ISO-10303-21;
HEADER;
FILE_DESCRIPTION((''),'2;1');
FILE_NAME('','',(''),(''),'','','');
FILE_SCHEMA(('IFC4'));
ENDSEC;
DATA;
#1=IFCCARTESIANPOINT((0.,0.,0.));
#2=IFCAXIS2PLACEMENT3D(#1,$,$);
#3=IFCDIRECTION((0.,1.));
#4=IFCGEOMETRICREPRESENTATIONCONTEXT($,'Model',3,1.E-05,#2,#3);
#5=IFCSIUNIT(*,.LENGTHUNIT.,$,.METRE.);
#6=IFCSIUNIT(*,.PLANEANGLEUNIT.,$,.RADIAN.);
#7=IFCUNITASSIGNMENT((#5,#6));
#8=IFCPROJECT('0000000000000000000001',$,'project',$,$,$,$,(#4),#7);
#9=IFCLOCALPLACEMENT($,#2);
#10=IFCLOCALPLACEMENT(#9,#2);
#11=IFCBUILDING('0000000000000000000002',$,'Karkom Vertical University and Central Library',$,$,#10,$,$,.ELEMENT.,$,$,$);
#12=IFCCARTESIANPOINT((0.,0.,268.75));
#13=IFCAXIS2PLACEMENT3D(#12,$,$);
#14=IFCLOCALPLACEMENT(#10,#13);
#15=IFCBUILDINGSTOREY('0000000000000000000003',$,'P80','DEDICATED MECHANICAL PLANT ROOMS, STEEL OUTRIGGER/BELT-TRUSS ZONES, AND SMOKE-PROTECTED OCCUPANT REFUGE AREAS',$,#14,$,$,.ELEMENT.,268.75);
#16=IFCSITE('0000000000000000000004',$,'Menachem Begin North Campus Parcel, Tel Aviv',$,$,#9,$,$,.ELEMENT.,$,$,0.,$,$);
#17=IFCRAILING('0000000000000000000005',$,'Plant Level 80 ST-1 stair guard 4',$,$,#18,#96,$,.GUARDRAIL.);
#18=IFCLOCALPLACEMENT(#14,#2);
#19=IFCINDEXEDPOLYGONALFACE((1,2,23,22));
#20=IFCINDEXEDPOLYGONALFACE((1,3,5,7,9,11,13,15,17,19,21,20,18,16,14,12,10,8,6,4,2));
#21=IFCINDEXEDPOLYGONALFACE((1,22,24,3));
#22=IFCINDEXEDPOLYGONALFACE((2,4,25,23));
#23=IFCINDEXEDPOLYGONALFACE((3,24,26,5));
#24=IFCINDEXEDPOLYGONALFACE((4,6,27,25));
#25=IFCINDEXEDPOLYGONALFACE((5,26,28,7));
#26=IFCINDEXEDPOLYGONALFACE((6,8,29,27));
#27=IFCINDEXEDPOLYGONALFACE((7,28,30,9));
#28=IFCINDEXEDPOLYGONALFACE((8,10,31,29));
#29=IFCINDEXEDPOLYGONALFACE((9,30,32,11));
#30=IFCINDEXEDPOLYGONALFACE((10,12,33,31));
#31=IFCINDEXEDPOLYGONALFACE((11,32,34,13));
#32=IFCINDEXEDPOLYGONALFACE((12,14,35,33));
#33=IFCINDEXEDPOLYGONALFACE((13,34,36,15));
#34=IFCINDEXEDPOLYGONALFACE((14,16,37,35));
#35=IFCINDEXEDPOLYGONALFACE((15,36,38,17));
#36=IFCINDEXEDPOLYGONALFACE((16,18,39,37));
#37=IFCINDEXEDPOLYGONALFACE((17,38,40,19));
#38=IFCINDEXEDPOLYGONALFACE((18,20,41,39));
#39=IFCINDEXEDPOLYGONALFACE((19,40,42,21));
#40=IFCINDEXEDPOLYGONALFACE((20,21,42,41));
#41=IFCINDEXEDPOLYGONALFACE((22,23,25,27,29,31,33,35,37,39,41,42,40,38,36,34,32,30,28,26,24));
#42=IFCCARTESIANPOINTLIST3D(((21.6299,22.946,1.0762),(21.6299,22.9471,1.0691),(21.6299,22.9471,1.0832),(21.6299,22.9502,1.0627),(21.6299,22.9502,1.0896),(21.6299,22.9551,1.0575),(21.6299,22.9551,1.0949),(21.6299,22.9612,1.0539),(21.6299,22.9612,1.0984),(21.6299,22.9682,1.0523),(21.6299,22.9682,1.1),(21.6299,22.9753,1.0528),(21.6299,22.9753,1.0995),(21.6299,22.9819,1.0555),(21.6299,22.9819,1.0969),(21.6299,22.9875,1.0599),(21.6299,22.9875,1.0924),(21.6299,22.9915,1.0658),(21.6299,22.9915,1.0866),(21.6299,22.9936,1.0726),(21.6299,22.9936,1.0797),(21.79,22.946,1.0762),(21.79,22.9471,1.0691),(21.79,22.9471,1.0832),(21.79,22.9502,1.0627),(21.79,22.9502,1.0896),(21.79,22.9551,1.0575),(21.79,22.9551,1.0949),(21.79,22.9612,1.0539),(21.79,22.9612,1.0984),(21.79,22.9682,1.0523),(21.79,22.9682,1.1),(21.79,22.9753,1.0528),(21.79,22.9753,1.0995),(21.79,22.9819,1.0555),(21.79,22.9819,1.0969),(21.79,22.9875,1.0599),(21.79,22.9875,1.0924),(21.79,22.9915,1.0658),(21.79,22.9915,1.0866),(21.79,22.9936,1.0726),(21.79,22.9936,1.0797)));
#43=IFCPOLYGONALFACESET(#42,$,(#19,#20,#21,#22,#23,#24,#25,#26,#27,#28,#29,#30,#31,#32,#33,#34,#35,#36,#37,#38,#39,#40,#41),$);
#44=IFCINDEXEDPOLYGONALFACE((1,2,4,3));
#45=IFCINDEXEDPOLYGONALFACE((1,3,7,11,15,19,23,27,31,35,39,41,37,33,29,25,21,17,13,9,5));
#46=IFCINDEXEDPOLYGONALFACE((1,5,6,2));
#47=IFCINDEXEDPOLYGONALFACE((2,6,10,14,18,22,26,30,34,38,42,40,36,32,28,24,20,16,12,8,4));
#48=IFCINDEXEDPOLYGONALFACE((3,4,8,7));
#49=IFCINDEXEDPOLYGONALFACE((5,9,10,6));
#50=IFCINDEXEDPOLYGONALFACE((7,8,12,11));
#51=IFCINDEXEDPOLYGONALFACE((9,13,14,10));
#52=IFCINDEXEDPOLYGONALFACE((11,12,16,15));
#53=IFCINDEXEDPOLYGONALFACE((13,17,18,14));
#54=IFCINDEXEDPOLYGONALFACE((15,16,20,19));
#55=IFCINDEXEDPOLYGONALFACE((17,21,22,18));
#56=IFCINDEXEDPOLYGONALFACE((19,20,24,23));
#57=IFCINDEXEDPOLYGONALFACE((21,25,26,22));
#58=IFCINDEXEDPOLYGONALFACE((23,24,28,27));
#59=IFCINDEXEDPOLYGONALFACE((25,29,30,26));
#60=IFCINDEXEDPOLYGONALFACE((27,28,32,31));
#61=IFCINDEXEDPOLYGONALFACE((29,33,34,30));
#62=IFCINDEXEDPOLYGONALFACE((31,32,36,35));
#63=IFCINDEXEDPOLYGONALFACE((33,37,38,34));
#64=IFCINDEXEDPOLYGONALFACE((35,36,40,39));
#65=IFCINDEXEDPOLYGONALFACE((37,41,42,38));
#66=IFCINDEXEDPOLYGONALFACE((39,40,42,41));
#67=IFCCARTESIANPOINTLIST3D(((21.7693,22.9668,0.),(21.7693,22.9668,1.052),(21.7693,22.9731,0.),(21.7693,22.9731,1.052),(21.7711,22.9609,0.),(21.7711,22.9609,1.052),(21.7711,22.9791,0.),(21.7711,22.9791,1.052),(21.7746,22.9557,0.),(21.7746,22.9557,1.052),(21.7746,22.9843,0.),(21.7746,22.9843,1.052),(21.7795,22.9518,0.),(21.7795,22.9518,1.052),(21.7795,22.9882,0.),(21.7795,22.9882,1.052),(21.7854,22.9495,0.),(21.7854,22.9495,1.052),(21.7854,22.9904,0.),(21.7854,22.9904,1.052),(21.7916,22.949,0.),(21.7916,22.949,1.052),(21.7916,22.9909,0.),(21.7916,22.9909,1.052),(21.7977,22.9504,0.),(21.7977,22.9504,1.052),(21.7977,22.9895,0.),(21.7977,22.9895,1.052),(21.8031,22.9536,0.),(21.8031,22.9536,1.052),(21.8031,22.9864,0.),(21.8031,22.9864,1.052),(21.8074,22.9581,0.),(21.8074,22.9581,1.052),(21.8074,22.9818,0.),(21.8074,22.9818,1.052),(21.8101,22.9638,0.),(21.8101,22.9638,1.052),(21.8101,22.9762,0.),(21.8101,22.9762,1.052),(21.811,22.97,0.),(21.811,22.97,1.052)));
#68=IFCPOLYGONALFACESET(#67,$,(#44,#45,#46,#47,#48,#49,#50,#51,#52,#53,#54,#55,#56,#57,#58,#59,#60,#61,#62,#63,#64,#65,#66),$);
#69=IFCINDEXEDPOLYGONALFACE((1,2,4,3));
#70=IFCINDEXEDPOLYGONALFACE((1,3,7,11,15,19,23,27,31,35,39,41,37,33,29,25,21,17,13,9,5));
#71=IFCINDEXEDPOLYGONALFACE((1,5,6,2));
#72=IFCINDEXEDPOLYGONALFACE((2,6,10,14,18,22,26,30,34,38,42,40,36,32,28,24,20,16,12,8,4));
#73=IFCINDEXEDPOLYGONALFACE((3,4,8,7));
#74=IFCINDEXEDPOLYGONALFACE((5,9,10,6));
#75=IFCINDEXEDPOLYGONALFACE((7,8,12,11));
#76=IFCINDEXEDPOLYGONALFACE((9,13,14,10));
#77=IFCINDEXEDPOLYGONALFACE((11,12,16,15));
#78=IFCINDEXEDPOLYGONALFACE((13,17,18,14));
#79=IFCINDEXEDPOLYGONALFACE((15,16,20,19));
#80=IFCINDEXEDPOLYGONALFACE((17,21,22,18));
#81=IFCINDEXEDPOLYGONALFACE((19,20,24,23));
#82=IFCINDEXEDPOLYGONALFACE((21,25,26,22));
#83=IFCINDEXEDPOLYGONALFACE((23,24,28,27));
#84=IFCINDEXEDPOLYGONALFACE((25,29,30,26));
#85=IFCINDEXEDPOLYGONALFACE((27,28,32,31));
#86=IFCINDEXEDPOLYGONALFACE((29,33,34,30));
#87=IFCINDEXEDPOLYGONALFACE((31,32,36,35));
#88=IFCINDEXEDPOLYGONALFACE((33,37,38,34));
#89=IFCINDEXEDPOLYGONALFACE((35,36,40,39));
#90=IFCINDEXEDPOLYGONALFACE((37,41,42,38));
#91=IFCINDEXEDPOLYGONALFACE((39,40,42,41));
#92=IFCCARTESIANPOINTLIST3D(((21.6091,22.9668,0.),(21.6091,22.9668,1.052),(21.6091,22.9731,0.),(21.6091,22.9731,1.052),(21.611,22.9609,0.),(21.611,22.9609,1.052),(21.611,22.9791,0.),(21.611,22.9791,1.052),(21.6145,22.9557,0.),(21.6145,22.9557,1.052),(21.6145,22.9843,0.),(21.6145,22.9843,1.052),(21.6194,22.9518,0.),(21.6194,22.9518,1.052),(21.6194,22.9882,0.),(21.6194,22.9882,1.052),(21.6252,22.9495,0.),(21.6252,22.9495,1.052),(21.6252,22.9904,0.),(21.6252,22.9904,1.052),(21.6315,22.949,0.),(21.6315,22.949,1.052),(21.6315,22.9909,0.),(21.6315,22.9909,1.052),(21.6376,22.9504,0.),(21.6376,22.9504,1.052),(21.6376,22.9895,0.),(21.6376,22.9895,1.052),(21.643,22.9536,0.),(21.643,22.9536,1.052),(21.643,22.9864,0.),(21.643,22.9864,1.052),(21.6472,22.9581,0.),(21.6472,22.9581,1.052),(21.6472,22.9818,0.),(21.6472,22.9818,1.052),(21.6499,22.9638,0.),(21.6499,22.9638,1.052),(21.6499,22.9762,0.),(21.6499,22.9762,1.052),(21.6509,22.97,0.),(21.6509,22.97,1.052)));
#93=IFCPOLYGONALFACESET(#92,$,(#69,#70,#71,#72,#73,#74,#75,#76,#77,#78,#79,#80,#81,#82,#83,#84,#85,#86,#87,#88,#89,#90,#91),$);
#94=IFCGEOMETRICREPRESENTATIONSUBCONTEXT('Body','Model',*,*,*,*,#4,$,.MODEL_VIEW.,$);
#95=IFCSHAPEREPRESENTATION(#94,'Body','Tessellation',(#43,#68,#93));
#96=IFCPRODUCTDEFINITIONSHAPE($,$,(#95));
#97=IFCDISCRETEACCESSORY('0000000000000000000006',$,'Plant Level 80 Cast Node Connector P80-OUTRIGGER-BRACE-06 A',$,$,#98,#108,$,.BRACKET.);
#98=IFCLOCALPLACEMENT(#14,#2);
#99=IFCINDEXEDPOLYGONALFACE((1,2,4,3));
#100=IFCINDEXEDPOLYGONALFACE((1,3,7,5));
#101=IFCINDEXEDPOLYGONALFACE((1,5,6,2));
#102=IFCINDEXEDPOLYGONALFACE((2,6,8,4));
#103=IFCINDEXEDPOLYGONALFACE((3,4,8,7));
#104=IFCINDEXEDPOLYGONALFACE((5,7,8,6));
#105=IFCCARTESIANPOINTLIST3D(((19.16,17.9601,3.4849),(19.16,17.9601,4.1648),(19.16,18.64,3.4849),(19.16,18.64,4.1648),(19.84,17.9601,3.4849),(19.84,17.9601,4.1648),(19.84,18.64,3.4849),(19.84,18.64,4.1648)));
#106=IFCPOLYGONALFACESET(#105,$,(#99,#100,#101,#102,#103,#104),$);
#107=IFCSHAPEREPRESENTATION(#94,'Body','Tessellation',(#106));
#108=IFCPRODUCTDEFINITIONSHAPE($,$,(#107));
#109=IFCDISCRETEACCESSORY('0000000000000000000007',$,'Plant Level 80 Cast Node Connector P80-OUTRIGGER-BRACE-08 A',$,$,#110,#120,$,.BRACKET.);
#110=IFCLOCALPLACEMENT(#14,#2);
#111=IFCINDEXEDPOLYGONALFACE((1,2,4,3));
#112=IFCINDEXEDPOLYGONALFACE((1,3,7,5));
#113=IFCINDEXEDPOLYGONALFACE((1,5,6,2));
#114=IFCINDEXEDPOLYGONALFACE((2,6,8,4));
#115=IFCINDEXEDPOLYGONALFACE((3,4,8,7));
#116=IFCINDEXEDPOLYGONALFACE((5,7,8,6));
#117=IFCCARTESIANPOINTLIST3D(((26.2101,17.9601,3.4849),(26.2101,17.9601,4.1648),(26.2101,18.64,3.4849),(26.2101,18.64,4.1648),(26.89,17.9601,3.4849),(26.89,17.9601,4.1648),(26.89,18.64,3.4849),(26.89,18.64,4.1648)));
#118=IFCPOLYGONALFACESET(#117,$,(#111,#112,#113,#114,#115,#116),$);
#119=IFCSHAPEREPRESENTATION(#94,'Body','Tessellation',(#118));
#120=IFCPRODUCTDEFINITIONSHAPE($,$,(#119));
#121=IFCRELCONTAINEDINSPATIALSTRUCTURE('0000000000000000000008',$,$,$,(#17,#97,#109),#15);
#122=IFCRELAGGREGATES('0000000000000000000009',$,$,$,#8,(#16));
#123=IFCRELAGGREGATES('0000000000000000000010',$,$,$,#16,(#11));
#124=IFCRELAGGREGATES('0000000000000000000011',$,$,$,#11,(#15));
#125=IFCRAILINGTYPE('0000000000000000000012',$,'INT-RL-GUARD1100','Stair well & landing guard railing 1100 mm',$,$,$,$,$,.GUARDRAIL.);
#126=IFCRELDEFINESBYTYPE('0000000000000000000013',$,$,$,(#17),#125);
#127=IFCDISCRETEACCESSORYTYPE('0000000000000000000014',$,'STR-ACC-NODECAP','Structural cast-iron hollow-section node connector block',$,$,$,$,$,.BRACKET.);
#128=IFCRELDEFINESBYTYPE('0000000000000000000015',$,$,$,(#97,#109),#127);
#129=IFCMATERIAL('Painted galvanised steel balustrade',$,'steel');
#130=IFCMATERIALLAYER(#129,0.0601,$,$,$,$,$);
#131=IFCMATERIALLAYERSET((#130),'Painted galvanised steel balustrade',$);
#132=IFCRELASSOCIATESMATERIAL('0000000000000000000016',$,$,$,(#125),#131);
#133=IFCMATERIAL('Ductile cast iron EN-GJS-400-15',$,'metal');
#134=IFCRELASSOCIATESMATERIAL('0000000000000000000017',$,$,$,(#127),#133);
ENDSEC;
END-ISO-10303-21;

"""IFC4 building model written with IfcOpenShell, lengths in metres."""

from ifc_helpers import new_model, si_unit, direction, frame, origin, origin_with_axes, origin_2d, place, context, subcontext, project, spatial, rectangle, circle, extrude, source, transform, mapped, material, layer, layer_set, type_object, element, save


model = new_model("IFC4")

# Units and contexts
model_context = context("Model", 3, precision=1e-05, world=origin(), true_north=direction((0.0, 1.0)))
body_context = subcontext(model_context, "Body", "Model", "MODEL_VIEW")
ifc_project = project(units=[si_unit("LENGTHUNIT", "METRE"), si_unit("PLANEANGLEUNIT", "RADIAN")], contexts=[model_context])

# Site, building, storey
site_placement = place(None, origin())
site = spatial("IfcSite", under=ifc_project, at=site_placement, Name="Menachem Begin North Campus Parcel, Tel Aviv", CompositionType="ELEMENT", RefElevation=0.0)
building_placement = place(site_placement, origin())
building = spatial("IfcBuilding", under=site, at=building_placement, Name="Karkom Vertical University and Central Library", CompositionType="ELEMENT")
storey_placement = place(building_placement, frame((0.0, 0.0, 268.75)))
storey = spatial("IfcBuildingStorey", under=building, at=storey_placement, Name="P80", Description="DEDICATED MECHANICAL PLANT ROOMS, STEEL OUTRIGGER/BELT-TRUSS ZONES, AND SMOKE-PROTECTED OCCUPANT REFUGE AREAS", CompositionType="ELEMENT", Elevation=268.75)

# Railing
ifc_material_1 = material(Name="Painted galvanised steel balustrade", Category="steel")
ifc_layer_1 = layer(ifc_material_1, 0.0601)
ifc_layer_set_1 = layer_set([ifc_layer_1], Name="Painted galvanised steel balustrade")
railing_type = type_object("IfcRailingType", Name="INT-RL-GUARD1100", Description="Stair well & landing guard railing 1100 mm", PredefinedType="GUARDRAIL", material=ifc_layer_set_1)
railing_1_placement = place(storey_placement, frame((21.79, 22.97, 0.0)))
element("IfcRailing", 1, at=railing_1_placement, inside=storey, type_object=railing_type, Name="Plant Level 80 ST-1 stair guard 4", PredefinedType="GUARDRAIL", context=body_context, shape_type="SweptSolid", body=[
    extrude(circle(Radius=0.0239, at=origin_2d()), frame((0.0, 0.0, 1.0762), z_axis=(-1.0, 0.0, 0.0), x_axis=(0.0, -1.0, 0.0)), (0.0, 0.0, 1.0), 0.1602),
    extrude(circle(Radius=0.021, at=origin_2d()), origin(), (0.0, 0.0, 1.0), 1.052),
    extrude(circle(Radius=0.021, at=origin_2d()), frame((-0.1602, 0.0, 0.0)), (0.0, 0.0, 1.0), 1.052),
])

# Discrete accessories
ifc_material_2 = material(Name="Ductile cast iron EN-GJS-400-15", Category="metal")
discrete_accessory_type = type_object("IfcDiscreteAccessoryType", Name="STR-ACC-NODECAP", Description="Structural cast-iron hollow-section node connector block", PredefinedType="BRACKET", material=ifc_material_2)
shared_shape_1 = source(origin_with_axes(), body_context, "Body", "SweptSolid", [
    extrude(rectangle(XDim=0.6799, YDim=0.6799, at=origin_2d()), origin(), (0.0, 0.0, 1.0), 0.6799),
])
for number, where, z_axis, x_axis, name in (
    (2, (19.5, 18.3, 3.4849), (0.0, 0.0, 1.0), (1.0, 0.0, 0.0), "Plant Level 80 Cast Node Connector P80-OUTRIGGER-BRACE-06 A"),
    (3, (26.55, 18.3, 3.4849), (0.0, 0.0, 1.0), (1.0, 0.0, 0.0), "Plant Level 80 Cast Node Connector P80-OUTRIGGER-BRACE-08 A"),
):
    element("IfcDiscreteAccessory", number, at=place(storey_placement, frame(where, z_axis=z_axis, x_axis=x_axis)), inside=storey, type_object=discrete_accessory_type, Name=name, PredefinedType="BRACKET", context=body_context, shape_type="MappedRepresentation", body=[
        mapped(shared_shape_1, transform((0.0, 0.0, 0.0), scale=1.0)),
    ])

save(model, "model.ifc")
